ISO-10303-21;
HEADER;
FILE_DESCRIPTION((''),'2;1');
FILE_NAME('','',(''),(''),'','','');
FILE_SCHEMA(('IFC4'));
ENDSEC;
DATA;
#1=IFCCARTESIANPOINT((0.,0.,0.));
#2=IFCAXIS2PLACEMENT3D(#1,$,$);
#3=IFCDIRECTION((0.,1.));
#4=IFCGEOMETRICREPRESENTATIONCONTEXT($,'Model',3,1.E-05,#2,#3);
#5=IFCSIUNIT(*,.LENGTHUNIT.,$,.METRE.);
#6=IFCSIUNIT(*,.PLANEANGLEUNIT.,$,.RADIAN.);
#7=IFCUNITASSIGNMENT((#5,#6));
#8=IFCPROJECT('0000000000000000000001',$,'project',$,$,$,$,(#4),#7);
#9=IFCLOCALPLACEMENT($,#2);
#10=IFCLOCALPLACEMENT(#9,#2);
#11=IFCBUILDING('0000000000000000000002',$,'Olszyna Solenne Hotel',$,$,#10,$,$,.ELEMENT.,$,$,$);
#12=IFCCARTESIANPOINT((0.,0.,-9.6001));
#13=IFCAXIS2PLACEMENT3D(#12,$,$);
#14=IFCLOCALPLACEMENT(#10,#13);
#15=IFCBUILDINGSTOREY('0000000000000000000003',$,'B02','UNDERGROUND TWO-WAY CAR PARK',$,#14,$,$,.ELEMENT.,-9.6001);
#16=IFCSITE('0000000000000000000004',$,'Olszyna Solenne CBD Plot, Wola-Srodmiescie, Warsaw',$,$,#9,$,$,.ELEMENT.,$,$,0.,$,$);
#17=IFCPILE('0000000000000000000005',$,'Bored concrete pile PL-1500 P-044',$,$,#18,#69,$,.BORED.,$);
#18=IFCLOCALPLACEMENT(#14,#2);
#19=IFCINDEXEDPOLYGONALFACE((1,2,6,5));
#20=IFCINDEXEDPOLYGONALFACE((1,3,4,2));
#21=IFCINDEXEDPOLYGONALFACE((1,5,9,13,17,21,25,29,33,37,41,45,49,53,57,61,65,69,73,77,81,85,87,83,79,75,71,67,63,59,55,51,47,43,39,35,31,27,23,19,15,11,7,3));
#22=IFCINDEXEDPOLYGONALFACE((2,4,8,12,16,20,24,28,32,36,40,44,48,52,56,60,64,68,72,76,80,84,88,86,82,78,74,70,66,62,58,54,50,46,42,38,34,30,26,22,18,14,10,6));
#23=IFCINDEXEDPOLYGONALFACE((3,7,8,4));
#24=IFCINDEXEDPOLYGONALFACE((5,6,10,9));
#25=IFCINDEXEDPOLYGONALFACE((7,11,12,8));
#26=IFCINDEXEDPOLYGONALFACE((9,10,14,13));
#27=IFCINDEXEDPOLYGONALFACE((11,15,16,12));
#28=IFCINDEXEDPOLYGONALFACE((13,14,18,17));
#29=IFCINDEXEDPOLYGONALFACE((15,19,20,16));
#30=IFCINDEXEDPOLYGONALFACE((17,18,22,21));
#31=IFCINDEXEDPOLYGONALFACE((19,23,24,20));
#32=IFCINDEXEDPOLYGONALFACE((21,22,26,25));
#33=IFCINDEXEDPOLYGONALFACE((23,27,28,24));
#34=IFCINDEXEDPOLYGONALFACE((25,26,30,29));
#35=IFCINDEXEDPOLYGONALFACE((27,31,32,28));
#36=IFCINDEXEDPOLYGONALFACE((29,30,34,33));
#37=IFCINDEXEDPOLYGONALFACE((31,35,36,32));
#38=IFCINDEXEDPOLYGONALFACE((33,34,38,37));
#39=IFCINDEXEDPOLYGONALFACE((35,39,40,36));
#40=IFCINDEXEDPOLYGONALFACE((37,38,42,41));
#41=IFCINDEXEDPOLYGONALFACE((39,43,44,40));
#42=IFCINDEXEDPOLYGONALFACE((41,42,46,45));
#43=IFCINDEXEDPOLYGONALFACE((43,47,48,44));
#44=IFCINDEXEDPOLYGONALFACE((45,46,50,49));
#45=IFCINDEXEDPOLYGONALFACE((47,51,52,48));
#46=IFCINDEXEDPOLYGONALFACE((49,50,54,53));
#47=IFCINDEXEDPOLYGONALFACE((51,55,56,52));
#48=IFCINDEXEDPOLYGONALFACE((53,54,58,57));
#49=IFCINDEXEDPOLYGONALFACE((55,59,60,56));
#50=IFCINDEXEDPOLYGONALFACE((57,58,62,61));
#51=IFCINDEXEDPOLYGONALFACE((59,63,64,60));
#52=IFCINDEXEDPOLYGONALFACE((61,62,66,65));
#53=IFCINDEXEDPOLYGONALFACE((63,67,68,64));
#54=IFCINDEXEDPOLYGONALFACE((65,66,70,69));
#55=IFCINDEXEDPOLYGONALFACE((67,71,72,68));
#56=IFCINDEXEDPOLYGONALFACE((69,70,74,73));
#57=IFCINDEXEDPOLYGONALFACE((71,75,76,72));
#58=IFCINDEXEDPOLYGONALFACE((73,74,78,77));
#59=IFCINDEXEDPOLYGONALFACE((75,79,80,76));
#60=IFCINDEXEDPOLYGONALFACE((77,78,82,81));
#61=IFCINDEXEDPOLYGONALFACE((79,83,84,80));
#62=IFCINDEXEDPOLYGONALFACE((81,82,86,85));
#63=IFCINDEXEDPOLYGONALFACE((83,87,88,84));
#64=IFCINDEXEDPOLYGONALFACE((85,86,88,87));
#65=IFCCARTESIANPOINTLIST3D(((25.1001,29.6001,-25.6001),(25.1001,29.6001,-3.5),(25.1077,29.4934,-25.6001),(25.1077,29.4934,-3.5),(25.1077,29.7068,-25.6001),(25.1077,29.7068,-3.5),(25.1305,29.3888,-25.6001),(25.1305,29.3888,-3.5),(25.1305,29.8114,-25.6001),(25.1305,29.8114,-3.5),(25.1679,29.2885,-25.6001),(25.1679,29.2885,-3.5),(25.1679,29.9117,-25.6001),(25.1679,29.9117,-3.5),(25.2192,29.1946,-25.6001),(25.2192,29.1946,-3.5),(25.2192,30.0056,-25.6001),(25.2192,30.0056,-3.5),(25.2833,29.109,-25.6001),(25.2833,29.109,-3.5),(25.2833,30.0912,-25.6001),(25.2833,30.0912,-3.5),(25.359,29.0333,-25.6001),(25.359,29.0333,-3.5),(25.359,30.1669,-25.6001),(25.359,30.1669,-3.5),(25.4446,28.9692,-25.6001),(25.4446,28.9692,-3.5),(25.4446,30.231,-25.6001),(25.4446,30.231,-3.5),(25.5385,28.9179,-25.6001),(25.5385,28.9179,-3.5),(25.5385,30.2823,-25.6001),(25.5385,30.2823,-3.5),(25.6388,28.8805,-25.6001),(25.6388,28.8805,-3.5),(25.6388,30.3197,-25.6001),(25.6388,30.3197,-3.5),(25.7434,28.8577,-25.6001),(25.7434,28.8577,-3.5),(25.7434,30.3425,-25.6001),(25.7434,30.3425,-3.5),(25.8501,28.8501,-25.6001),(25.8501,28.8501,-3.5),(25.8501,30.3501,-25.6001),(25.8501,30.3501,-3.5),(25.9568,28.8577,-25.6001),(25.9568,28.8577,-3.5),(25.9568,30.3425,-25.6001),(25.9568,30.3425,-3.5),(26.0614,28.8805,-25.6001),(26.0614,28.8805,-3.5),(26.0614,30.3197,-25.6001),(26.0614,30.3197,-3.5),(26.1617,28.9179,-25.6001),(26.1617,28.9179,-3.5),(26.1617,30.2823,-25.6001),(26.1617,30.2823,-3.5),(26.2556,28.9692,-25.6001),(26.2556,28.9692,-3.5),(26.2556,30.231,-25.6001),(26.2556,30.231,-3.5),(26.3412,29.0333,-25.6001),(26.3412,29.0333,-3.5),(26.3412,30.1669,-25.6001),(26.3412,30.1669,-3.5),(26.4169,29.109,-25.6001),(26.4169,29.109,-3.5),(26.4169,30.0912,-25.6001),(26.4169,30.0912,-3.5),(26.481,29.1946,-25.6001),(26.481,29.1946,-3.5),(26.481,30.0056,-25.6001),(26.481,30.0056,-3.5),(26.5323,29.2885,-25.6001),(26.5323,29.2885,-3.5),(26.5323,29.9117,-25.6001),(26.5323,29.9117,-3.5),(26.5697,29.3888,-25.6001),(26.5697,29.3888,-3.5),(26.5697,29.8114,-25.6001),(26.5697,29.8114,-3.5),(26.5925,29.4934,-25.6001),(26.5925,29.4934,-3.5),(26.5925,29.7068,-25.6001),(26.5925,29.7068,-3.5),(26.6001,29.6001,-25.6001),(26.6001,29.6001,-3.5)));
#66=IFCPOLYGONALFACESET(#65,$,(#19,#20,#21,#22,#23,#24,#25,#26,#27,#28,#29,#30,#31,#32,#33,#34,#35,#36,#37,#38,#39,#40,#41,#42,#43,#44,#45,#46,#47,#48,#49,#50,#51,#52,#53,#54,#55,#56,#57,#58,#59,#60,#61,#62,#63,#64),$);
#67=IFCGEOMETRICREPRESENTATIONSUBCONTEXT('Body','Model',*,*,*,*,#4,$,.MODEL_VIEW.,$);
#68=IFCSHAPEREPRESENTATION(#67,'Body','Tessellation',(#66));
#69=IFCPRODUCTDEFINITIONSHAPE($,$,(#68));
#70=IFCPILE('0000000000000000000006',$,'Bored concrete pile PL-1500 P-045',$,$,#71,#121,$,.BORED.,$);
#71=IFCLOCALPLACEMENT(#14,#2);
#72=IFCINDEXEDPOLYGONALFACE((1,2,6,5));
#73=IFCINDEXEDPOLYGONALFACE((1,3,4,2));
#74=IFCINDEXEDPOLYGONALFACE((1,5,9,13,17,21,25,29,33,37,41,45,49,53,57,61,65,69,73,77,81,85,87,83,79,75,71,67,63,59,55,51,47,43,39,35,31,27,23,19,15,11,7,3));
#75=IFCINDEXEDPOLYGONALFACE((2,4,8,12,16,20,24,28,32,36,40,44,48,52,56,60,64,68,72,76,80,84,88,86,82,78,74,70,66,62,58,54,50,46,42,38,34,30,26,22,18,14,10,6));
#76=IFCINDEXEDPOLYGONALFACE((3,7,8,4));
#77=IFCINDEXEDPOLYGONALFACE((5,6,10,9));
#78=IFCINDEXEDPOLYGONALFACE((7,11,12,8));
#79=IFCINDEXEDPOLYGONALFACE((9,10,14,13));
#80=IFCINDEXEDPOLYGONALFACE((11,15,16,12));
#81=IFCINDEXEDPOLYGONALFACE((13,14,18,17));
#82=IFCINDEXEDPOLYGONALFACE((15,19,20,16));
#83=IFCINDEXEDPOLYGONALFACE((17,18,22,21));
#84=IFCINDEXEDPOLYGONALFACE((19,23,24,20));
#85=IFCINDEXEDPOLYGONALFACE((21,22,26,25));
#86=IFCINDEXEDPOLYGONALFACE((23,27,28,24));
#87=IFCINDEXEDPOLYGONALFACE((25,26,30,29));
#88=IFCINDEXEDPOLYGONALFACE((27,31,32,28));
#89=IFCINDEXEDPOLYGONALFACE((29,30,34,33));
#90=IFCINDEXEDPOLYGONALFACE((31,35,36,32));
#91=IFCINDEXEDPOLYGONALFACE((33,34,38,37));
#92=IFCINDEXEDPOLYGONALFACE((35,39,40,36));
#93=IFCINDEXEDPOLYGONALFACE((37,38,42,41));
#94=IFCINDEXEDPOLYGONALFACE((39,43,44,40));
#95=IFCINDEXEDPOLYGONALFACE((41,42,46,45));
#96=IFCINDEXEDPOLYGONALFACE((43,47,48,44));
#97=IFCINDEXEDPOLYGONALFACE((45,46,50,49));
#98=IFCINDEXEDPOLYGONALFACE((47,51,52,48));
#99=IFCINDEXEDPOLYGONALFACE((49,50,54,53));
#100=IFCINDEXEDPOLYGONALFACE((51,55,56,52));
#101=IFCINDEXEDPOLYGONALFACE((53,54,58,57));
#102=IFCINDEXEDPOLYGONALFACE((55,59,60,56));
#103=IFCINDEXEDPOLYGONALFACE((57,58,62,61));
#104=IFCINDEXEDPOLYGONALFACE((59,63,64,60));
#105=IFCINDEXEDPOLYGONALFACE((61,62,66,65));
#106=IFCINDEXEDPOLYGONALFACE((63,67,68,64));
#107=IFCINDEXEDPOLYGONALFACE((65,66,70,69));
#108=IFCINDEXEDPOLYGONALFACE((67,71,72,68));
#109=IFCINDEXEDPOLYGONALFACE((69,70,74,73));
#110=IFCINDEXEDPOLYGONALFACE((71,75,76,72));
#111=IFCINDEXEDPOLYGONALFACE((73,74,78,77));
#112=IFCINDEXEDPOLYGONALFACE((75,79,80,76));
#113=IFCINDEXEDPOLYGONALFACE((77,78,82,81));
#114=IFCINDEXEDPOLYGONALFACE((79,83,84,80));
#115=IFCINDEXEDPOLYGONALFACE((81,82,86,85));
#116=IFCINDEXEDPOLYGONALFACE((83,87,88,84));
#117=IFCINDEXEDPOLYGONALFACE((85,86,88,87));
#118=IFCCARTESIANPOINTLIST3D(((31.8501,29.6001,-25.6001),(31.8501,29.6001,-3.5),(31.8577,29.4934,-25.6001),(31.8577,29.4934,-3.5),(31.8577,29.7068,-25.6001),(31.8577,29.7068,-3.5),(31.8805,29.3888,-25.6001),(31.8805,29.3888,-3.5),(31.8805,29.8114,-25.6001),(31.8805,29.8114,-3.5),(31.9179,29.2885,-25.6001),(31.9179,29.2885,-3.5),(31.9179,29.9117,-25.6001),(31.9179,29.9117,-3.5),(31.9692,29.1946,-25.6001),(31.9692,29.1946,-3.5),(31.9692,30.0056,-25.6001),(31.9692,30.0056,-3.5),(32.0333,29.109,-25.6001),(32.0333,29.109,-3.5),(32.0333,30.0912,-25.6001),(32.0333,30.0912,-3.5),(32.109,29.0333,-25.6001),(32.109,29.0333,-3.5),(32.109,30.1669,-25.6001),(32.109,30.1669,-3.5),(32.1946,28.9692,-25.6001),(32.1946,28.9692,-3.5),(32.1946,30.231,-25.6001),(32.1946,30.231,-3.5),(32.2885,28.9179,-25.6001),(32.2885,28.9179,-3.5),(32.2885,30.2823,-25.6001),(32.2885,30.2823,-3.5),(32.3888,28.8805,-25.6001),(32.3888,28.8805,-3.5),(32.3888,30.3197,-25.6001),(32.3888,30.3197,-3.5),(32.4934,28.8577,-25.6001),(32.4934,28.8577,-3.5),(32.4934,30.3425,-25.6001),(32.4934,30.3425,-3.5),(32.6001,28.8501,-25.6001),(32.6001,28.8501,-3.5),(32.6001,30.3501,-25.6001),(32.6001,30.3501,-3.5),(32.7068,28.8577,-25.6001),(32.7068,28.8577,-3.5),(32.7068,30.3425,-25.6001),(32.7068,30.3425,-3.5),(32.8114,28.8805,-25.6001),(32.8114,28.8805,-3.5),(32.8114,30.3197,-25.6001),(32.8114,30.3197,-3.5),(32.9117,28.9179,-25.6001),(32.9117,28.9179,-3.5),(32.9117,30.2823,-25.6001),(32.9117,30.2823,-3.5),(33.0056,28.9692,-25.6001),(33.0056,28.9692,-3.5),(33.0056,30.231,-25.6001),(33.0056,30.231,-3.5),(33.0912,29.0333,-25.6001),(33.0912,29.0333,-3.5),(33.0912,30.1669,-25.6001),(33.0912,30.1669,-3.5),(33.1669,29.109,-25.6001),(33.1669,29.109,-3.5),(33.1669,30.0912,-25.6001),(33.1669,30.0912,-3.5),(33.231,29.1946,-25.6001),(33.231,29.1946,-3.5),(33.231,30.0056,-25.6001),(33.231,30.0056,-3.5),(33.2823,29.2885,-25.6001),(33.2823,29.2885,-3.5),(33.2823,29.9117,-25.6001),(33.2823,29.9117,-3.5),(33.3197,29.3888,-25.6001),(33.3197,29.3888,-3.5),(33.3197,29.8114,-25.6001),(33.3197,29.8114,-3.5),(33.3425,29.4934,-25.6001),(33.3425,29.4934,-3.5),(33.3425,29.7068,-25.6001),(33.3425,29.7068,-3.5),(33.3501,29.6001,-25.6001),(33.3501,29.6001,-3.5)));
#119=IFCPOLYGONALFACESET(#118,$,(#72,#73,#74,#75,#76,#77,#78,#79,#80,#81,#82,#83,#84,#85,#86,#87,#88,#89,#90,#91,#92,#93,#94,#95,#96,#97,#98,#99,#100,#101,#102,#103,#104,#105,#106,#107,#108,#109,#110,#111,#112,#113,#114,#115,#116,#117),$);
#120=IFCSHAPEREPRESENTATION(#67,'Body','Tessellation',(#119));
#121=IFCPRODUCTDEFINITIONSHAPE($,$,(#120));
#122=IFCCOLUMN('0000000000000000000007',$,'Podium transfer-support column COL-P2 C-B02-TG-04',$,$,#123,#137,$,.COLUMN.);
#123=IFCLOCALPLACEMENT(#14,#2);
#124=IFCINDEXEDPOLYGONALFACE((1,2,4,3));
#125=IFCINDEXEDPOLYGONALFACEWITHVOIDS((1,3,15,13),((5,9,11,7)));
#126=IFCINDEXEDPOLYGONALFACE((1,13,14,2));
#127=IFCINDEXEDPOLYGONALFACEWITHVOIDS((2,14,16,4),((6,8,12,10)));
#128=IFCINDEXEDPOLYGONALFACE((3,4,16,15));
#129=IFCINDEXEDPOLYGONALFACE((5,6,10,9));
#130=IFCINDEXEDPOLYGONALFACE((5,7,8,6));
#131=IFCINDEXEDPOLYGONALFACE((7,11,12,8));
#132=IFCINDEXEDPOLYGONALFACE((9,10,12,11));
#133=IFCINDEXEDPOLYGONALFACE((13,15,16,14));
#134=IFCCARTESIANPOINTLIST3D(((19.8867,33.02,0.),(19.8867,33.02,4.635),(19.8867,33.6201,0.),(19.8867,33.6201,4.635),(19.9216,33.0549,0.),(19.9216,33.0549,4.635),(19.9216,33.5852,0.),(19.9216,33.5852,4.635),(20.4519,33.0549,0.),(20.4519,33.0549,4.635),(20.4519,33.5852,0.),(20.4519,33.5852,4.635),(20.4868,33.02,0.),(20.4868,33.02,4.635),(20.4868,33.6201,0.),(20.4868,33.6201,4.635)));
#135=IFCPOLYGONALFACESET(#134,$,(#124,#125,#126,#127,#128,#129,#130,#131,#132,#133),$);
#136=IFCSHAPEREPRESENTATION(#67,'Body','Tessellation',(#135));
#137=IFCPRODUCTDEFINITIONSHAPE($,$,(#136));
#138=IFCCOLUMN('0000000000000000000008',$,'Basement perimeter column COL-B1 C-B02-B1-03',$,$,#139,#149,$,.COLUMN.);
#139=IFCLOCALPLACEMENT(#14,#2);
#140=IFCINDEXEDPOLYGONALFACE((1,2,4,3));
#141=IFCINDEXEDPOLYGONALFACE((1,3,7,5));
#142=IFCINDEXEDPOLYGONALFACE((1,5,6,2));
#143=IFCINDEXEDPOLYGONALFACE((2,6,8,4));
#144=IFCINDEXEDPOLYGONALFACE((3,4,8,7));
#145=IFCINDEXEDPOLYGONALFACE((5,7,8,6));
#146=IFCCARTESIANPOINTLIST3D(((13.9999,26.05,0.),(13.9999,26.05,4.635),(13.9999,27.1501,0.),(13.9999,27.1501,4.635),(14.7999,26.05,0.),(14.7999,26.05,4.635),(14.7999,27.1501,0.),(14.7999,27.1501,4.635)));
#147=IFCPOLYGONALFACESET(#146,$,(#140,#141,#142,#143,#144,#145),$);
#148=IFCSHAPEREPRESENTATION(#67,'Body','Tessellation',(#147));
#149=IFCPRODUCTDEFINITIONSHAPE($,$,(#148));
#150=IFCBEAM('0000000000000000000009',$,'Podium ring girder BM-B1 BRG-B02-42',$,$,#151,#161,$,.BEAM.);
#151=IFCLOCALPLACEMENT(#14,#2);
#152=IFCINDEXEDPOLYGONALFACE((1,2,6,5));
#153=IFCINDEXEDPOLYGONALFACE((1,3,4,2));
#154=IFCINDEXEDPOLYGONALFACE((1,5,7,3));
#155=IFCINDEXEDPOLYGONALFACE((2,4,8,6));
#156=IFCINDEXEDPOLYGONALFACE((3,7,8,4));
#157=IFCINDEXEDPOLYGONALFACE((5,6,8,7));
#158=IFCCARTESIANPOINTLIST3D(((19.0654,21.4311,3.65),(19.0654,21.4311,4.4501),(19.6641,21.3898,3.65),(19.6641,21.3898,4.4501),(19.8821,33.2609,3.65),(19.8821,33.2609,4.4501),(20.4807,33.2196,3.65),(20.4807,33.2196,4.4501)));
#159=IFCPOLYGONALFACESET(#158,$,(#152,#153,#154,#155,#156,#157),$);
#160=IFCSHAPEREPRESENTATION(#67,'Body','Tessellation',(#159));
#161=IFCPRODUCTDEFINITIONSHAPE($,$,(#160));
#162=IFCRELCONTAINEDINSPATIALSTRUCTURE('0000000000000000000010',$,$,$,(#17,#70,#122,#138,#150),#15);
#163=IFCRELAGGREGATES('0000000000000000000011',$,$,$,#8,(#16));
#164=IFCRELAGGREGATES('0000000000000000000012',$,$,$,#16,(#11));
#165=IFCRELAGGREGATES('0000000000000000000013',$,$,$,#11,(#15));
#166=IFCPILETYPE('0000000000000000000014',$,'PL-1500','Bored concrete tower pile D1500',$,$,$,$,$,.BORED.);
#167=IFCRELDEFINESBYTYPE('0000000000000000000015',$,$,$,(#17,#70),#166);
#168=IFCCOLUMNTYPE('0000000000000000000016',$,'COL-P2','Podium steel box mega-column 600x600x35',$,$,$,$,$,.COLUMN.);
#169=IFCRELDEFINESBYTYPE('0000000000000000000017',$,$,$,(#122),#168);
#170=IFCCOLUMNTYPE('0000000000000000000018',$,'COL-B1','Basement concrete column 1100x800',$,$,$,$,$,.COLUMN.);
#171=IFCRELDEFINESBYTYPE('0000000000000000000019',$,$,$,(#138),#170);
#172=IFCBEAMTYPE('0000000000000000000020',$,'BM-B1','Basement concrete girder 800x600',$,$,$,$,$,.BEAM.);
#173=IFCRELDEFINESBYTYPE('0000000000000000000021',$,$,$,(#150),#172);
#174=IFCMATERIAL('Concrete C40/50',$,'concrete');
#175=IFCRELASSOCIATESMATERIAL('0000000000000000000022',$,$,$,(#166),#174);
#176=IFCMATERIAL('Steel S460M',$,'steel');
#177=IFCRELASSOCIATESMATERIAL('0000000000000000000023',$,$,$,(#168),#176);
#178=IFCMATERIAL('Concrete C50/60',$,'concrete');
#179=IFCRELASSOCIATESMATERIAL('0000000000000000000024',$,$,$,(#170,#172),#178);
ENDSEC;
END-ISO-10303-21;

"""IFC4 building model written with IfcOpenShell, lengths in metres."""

from ifc_helpers import new_model, si_unit, direction, frame, origin, origin_2d, place, context, subcontext, project, spatial, rectangle, hollow_rectangle, circle, extrude, source, transform, mapped, material, material_profile, profile_set, type_object, element, save


model = new_model("IFC4")

# Units and contexts
model_context = context("Model", 3, precision=1e-05, world=origin(), true_north=direction((0.0, 1.0)))
body_context = subcontext(model_context, "Body", "Model", "MODEL_VIEW")
ifc_project = project(units=[si_unit("LENGTHUNIT", "METRE"), si_unit("PLANEANGLEUNIT", "RADIAN")], contexts=[model_context])

# Site, building, storey
site_placement = place(None, origin())
site = spatial("IfcSite", under=ifc_project, at=site_placement, Name="Olszyna Solenne CBD Plot, Wola-Srodmiescie, Warsaw", CompositionType="ELEMENT", RefElevation=0.0)
building_placement = place(site_placement, origin())
building = spatial("IfcBuilding", under=site, at=building_placement, Name="Olszyna Solenne Hotel", CompositionType="ELEMENT")
storey_placement = place(building_placement, frame((0.0, 0.0, -9.6001)))
storey = spatial("IfcBuildingStorey", under=building, at=storey_placement, Name="B02", Description="UNDERGROUND TWO-WAY CAR PARK", CompositionType="ELEMENT", Elevation=-9.6001)

# Piles
ifc_material_1 = material(Name="Concrete C40/50", Category="concrete")
ifc_material_profile_1 = material_profile(ifc_material_1, circle(Radius=0.75, at=origin_2d()), Name="BORED PILE 1500", Category="load-bearing")
ifc_profile_set_1 = profile_set([ifc_material_profile_1], Name="Concrete C40/50")
pile_type = type_object("IfcPileType", Name="PL-1500", Description="Bored concrete tower pile D1500", PredefinedType="BORED", material=ifc_profile_set_1)
shared_shape_1 = source(origin(), body_context, "Body", "SweptSolid", [
    extrude(circle(Radius=0.75, at=origin_2d()), origin(), (0.0, 0.0, 1.0), 22.1001),
])
for number, where, z_axis, x_axis, name in (
    (1, (25.8501, 29.6001, -3.5), (0.0, 0.0, -1.0), (1.0, 0.0, 0.0), "Bored concrete pile PL-1500 P-044"),
    (2, (32.6001, 29.6001, -3.5), (0.0, 0.0, -1.0), (1.0, 0.0, 0.0), "Bored concrete pile PL-1500 P-045"),
):
    element("IfcPile", number, at=place(storey_placement, frame(where, z_axis=z_axis, x_axis=x_axis)), inside=storey, type_object=pile_type, Name=name, PredefinedType="BORED", context=body_context, shape_type="MappedRepresentation", body=[
        mapped(shared_shape_1, transform((0.0, 0.0, 0.0), x_axis=(1.0, 0.0, 0.0), y_axis=(0.0, 1.0, 0.0), z_axis=(0.0, 0.0, 1.0), scale=1.0)),
    ])

# Columns
ifc_material_2 = material(Name="Steel S460M", Category="steel")
ifc_material_profile_2 = material_profile(ifc_material_2, hollow_rectangle(XDim=0.6001, YDim=0.6001, WallThickness=0.0349, at=origin_2d()), Name="SHS 600x600x35", Category="load-bearing")
ifc_profile_set_2 = profile_set([ifc_material_profile_2], Name="Steel S460M")
column_type_1 = type_object("IfcColumnType", Name="COL-P2", Description="Podium steel box mega-column 600x600x35", PredefinedType="COLUMN", material=ifc_profile_set_2)
shared_shape_2 = source(origin(), body_context, "Body", "SweptSolid", [
    extrude(hollow_rectangle(XDim=0.6001, YDim=0.6001, WallThickness=0.0349, at=origin_2d()), origin(), (0.0, 0.0, 1.0), 4.635),
])
column_1_placement = place(storey_placement, frame((20.1868, 33.3201, 0.0), z_axis=(0.0, 0.0, 1.0), x_axis=(1.0, 0.0, 0.0)))
element("IfcColumn", 3, at=column_1_placement, inside=storey, type_object=column_type_1, Name="Podium transfer-support column COL-P2 C-B02-TG-04", PredefinedType="COLUMN", context=body_context, shape_type="MappedRepresentation", body=[
    mapped(shared_shape_2, transform((0.0, 0.0, 0.0), x_axis=(1.0, 0.0, 0.0), y_axis=(0.0, 1.0, 0.0), z_axis=(0.0, 0.0, 1.0), scale=1.0)),
])
ifc_material_3 = material(Name="Concrete C50/60", Category="concrete")
ifc_material_profile_3 = material_profile(ifc_material_3, rectangle(XDim=0.8, YDim=1.1001, at=origin_2d()), Name="RC 1100x800", Category="load-bearing")
ifc_profile_set_3 = profile_set([ifc_material_profile_3], Name="Concrete C50/60")
column_type_2 = type_object("IfcColumnType", Name="COL-B1", Description="Basement concrete column 1100x800", PredefinedType="COLUMN", material=ifc_profile_set_3)
shared_shape_3 = source(origin(), body_context, "Body", "SweptSolid", [
    extrude(rectangle(XDim=0.8, YDim=1.1001, at=origin_2d()), origin(), (0.0, 0.0, 1.0), 4.635),
])
column_2_placement = place(storey_placement, frame((14.3999, 26.6001, 0.0), z_axis=(0.0, 0.0, 1.0), x_axis=(1.0, 0.0, 0.0)))
element("IfcColumn", 4, at=column_2_placement, inside=storey, type_object=column_type_2, Name="Basement perimeter column COL-B1 C-B02-B1-03", PredefinedType="COLUMN", context=body_context, shape_type="MappedRepresentation", body=[
    mapped(shared_shape_3, transform((0.0, 0.0, 0.0), x_axis=(1.0, 0.0, 0.0), y_axis=(0.0, 1.0, 0.0), z_axis=(0.0, 0.0, 1.0), scale=1.0)),
])

# Beam
ifc_material_profile_4 = material_profile(ifc_material_3, rectangle(XDim=0.6001, YDim=0.8, at=origin_2d()), Name="RC 800x600", Category="load-bearing")
ifc_profile_set_4 = profile_set([ifc_material_profile_4], Name="Concrete C50/60")
beam_type = type_object("IfcBeamType", Name="BM-B1", Description="Basement concrete girder 800x600", PredefinedType="BEAM", material=ifc_profile_set_4)
shared_shape_4 = source(origin(), body_context, "Body", "SweptSolid", [
    extrude(rectangle(XDim=0.6001, YDim=0.8, at=origin_2d()), origin(), (0.0, 0.0, 1.0), 11.8579),
])
beam_placement = place(storey_placement, frame((20.1814, 33.2402, 4.05), z_axis=(-0.068869, -0.997626, 0.0), x_axis=(0.997626, -0.068869, 0.0)))
element("IfcBeam", 5, at=beam_placement, inside=storey, type_object=beam_type, Name="Podium ring girder BM-B1 BRG-B02-42", PredefinedType="BEAM", context=body_context, shape_type="MappedRepresentation", body=[
    mapped(shared_shape_4, transform((0.0, 0.0, 0.0), x_axis=(1.0, 0.0, 0.0), y_axis=(0.0, 1.0, 0.0), z_axis=(0.0, 0.0, 1.0), scale=1.0)),
])

save(model, "model.ifc")
